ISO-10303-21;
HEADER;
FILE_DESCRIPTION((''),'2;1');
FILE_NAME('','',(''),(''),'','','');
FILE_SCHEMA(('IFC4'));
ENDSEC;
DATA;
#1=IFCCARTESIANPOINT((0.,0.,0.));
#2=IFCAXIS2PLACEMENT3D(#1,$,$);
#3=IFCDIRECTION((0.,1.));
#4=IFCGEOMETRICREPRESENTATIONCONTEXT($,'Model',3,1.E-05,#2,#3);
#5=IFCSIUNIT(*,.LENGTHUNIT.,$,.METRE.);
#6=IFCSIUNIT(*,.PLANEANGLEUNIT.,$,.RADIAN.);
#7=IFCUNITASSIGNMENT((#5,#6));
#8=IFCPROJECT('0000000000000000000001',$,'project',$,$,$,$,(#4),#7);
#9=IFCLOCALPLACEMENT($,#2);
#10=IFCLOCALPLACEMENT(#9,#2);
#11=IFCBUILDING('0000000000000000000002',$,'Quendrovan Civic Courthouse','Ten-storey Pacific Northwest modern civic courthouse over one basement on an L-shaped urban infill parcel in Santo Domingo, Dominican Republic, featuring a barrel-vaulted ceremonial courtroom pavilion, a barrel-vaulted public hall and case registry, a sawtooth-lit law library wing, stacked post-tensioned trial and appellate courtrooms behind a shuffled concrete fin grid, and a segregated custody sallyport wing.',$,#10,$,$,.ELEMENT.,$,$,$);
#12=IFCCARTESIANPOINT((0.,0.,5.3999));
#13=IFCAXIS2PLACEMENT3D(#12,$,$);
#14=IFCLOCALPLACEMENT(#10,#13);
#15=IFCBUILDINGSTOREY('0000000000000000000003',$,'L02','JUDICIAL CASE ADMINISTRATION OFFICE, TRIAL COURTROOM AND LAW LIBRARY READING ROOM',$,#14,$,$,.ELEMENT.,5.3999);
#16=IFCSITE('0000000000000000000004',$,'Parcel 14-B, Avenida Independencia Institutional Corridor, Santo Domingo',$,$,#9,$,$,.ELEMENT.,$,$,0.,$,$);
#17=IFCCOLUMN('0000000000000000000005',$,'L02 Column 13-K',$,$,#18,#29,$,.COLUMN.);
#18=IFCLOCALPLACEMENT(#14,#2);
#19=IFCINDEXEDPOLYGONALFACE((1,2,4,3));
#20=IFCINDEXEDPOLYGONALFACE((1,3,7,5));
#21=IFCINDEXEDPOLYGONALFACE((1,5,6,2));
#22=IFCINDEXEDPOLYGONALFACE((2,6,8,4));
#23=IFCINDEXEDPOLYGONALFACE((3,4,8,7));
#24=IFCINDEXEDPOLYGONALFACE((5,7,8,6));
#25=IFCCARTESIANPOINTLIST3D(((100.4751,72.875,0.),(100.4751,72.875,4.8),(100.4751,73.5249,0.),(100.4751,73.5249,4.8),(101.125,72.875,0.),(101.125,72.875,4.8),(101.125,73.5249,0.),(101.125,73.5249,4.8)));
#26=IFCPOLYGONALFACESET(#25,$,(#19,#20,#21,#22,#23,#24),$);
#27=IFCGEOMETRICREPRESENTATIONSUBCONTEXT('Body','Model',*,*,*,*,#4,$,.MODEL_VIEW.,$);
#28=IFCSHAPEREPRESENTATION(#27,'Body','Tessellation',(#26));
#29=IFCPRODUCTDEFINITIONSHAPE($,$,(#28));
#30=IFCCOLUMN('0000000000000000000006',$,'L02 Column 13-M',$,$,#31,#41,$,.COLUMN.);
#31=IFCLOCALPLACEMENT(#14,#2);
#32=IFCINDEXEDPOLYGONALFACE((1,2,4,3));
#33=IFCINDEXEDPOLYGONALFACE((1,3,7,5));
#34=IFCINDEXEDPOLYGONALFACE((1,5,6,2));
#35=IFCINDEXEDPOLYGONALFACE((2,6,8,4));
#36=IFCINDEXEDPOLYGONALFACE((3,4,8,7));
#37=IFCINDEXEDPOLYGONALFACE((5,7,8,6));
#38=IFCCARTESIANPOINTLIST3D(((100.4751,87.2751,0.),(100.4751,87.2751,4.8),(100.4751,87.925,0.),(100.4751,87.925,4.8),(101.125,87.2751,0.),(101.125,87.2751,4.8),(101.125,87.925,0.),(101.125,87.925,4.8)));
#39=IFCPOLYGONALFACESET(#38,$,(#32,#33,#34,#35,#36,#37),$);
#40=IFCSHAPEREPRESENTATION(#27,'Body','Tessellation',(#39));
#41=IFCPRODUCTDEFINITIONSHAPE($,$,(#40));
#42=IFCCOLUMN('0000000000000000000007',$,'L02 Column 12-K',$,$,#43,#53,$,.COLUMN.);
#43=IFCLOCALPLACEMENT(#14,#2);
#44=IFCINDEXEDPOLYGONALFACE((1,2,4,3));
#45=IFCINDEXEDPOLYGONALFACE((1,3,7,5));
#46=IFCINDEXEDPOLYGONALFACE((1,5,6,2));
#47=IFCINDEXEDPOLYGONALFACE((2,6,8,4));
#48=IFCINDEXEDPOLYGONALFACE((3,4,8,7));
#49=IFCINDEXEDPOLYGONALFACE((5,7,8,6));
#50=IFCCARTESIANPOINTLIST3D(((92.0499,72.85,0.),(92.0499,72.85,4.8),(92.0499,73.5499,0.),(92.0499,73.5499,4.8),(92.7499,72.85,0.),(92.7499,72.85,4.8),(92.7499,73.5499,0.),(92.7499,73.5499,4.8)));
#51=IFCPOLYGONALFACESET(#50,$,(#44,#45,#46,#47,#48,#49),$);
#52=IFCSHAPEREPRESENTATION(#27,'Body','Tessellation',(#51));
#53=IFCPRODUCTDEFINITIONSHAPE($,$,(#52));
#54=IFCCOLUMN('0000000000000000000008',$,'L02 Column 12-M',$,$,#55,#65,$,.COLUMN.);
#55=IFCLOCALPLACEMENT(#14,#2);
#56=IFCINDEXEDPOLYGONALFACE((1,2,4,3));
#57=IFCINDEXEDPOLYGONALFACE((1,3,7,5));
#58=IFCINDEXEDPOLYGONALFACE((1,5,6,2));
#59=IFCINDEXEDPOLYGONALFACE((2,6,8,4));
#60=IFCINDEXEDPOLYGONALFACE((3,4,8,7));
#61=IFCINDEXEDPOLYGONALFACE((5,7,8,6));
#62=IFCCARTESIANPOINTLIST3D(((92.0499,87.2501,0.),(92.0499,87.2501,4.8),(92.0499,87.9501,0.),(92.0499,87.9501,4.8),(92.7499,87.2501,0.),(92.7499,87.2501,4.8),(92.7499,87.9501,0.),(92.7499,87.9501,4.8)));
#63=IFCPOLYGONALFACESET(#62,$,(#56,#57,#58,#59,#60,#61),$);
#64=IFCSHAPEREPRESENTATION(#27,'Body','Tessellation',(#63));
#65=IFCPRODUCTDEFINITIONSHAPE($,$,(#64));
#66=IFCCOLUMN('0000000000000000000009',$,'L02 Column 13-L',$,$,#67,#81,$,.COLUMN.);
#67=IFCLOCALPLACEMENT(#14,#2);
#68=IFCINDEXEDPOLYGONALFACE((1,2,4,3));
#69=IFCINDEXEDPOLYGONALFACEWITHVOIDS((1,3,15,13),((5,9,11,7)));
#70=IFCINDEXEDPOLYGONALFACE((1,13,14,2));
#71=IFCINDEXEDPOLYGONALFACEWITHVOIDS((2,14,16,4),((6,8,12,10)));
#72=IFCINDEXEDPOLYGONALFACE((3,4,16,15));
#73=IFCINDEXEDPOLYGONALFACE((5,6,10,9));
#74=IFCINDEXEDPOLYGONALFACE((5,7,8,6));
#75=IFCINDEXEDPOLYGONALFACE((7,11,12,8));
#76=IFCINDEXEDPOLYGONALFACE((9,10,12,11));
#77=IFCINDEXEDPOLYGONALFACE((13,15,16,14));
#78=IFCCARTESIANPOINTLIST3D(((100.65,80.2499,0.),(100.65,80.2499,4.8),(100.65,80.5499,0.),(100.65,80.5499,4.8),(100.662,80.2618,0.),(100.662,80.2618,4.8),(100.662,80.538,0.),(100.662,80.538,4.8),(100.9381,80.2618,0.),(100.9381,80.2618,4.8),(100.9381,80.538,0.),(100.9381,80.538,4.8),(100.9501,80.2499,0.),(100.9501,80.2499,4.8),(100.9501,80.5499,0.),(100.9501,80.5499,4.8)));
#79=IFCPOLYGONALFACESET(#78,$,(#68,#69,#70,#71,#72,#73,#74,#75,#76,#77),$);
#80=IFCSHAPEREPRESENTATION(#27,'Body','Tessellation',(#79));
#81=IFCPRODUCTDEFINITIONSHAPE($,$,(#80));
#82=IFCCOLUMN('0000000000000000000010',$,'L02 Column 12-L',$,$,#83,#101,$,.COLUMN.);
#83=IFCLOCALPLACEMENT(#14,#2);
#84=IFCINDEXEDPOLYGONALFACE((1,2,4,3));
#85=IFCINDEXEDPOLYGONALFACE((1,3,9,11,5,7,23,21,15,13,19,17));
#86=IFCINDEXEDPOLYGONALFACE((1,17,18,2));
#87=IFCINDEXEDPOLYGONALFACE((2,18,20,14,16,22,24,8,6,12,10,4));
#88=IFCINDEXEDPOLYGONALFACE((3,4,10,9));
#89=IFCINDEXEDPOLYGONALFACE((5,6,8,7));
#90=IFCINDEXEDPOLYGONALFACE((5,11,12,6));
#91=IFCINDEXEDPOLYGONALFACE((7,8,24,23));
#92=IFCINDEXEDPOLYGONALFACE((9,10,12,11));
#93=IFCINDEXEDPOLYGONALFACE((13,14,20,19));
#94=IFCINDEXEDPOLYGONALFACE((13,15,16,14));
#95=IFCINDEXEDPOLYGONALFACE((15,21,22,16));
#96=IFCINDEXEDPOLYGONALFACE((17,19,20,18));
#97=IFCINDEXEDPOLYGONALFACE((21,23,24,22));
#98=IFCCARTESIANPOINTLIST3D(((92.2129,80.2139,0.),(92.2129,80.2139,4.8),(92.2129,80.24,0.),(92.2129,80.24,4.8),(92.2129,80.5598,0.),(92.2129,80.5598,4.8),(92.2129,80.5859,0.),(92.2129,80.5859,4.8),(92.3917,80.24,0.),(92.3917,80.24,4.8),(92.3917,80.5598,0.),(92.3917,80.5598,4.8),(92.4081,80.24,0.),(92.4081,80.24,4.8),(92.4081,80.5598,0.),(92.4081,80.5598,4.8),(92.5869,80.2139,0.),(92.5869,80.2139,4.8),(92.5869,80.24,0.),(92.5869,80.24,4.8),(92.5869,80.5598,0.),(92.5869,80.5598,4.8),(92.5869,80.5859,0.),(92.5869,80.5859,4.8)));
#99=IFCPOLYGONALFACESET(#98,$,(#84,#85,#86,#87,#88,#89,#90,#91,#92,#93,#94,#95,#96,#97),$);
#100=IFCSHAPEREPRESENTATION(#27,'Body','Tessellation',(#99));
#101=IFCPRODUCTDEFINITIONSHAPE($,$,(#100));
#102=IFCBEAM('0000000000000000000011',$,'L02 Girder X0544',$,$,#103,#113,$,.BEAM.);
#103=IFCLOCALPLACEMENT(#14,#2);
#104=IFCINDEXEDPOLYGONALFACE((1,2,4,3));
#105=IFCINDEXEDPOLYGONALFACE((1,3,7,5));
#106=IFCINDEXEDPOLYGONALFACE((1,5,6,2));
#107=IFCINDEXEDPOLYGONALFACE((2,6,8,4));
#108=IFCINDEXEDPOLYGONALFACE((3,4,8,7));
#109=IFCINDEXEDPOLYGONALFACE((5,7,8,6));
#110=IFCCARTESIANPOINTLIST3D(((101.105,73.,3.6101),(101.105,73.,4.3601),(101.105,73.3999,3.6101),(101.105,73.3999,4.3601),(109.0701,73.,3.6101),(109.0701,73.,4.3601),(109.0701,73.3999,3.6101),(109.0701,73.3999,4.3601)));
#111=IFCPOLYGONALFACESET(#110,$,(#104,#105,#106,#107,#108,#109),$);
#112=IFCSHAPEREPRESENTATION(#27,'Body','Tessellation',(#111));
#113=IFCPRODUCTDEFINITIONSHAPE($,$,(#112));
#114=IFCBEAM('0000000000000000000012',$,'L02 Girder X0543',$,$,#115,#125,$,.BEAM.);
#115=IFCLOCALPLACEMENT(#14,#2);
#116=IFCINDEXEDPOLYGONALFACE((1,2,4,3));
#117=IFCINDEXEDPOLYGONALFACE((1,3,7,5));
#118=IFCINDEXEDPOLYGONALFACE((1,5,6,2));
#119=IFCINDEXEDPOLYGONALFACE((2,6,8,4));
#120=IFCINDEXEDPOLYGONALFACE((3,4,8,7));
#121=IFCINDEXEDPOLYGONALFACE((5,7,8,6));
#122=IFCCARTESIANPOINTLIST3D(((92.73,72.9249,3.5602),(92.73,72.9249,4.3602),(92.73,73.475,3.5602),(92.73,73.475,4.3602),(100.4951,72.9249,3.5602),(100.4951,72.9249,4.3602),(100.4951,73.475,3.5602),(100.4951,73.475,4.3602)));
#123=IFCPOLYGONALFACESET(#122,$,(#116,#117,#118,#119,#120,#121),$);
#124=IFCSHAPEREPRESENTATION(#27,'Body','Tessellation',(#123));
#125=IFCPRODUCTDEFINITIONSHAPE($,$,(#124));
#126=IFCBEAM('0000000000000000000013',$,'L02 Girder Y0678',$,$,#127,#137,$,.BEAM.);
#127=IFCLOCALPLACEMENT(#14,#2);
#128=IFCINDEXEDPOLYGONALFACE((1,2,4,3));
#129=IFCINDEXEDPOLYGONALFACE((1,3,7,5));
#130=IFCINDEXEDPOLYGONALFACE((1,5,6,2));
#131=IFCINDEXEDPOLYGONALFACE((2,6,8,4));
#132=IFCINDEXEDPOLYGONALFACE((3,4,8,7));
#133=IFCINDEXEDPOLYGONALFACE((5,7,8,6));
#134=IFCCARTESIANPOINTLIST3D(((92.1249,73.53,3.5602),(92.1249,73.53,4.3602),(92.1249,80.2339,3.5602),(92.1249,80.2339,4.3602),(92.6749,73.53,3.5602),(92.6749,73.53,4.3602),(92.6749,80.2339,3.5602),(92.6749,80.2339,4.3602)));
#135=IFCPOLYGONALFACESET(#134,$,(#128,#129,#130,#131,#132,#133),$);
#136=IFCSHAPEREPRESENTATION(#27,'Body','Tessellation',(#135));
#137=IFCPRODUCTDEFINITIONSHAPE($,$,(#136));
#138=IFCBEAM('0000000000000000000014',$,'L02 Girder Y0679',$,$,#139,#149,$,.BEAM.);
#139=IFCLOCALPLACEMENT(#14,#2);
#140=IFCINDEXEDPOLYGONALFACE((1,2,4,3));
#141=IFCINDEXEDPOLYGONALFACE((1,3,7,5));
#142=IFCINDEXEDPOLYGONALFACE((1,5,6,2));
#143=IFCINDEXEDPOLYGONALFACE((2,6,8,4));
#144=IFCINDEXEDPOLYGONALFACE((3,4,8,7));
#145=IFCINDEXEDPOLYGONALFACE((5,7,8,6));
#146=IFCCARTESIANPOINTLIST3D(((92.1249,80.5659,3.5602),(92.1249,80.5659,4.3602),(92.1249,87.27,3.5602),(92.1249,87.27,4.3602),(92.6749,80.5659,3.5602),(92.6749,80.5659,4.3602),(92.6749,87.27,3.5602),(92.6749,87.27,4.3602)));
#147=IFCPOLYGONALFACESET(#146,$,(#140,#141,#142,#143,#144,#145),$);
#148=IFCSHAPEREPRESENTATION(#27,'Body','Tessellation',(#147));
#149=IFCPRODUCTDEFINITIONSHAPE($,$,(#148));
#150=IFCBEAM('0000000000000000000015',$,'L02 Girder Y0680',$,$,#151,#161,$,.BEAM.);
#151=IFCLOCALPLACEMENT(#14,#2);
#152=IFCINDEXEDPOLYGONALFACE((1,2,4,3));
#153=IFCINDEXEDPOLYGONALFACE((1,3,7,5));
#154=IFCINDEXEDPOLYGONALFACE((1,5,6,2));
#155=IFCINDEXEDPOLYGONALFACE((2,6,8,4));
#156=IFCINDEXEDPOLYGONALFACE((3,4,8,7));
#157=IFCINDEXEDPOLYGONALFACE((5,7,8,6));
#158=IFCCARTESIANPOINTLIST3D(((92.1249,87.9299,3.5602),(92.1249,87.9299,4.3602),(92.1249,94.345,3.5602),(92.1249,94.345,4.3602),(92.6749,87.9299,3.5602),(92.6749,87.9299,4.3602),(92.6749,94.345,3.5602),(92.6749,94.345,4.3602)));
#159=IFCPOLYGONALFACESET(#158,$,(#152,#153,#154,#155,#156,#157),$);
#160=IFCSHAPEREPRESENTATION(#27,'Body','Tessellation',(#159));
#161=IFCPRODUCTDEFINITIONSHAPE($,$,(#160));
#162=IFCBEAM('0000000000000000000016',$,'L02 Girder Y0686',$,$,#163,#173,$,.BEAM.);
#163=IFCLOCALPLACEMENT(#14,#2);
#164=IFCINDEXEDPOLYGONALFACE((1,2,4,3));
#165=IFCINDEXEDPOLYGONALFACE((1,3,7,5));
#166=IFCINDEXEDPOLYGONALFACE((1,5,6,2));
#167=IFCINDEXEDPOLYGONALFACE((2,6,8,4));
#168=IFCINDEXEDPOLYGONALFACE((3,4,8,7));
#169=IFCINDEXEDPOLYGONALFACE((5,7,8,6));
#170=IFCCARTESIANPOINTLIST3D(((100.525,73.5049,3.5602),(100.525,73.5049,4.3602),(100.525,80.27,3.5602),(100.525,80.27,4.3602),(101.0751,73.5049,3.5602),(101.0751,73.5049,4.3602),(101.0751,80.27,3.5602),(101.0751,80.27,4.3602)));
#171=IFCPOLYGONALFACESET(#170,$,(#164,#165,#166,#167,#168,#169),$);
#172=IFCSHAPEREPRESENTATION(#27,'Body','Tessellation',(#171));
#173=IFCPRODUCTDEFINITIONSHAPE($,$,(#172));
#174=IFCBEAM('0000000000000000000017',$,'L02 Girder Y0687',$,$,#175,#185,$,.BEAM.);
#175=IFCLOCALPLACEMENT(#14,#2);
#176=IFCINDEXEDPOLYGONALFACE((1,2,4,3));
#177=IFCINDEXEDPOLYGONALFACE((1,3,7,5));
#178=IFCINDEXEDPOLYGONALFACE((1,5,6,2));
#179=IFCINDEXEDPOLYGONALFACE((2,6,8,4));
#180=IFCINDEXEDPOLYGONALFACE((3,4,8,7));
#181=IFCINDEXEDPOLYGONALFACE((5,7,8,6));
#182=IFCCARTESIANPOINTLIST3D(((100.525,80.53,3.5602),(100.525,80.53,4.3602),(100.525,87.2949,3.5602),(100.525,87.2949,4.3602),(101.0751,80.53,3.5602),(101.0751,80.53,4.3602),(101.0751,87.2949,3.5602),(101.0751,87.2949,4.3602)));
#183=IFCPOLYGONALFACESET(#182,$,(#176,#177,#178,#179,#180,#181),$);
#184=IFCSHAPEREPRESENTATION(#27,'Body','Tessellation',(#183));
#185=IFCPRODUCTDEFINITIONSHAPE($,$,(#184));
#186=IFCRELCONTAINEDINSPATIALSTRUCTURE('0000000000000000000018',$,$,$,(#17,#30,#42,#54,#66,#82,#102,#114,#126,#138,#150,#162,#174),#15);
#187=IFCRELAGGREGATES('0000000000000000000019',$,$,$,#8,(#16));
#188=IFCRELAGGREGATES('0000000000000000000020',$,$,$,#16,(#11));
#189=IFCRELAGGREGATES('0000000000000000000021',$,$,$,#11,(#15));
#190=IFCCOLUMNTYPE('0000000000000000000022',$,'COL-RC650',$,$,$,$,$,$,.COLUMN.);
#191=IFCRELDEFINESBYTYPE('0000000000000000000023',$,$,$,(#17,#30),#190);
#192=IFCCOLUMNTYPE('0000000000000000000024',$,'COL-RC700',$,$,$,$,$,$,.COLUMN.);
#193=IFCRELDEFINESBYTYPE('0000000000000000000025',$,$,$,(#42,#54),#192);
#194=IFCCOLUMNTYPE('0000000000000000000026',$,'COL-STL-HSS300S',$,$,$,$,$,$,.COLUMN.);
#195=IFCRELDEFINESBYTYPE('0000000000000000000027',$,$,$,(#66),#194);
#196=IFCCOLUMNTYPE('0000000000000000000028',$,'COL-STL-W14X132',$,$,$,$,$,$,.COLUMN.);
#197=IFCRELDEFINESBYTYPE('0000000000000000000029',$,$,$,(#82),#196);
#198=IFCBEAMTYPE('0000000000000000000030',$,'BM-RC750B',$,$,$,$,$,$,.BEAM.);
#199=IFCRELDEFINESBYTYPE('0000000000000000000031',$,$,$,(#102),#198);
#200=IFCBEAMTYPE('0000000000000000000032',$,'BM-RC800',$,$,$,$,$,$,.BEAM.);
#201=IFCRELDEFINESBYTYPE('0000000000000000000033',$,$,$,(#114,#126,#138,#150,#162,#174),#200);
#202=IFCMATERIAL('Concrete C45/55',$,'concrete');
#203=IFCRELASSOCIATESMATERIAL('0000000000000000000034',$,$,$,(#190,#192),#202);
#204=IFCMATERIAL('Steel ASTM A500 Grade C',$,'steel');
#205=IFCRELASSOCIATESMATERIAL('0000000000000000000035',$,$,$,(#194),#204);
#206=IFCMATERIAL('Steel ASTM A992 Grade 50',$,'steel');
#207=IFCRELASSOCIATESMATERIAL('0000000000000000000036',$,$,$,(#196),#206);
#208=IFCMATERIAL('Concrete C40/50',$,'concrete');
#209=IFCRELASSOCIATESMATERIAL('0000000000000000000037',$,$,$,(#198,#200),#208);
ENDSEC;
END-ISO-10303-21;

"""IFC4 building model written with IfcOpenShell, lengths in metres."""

from ifc_helpers import new_model, si_unit, direction, frame, origin, origin_2d, place, context, subcontext, project, spatial, rectangle, hollow_rectangle, i_section, extrude, material, material_profile, profile_set, type_object, element, save


model = new_model("IFC4")

# Units and contexts
model_context = context("Model", 3, precision=1e-05, world=origin(), true_north=direction((0.0, 1.0)))
body_context = subcontext(model_context, "Body", "Model", "MODEL_VIEW")
ifc_project = project(units=[si_unit("LENGTHUNIT", "METRE"), si_unit("PLANEANGLEUNIT", "RADIAN")], contexts=[model_context])

# Site, building, storey
site_placement = place(None, origin())
site = spatial("IfcSite", under=ifc_project, at=site_placement, Name="Parcel 14-B, Avenida Independencia Institutional Corridor, Santo Domingo", CompositionType="ELEMENT", RefElevation=0.0)
building_placement = place(site_placement, origin())
building = spatial("IfcBuilding", under=site, at=building_placement, Name="Quendrovan Civic Courthouse", Description="Ten-storey Pacific Northwest modern civic courthouse over one basement on an L-shaped urban infill parcel in Santo Domingo, Dominican Republic, featuring a barrel-vaulted ceremonial courtroom pavilion, a barrel-vaulted public hall and case registry, a sawtooth-lit law library wing, stacked post-tensioned trial and appellate courtrooms behind a shuffled concrete fin grid, and a segregated custody sallyport wing.", CompositionType="ELEMENT")
storey_placement = place(building_placement, frame((0.0, 0.0, 5.3999)))
storey = spatial("IfcBuildingStorey", under=building, at=storey_placement, Name="L02", Description="JUDICIAL CASE ADMINISTRATION OFFICE, TRIAL COURTROOM AND LAW LIBRARY READING ROOM", CompositionType="ELEMENT", Elevation=5.3999)

# Columns
ifc_material_1 = material(Name="Concrete C45/55", Category="concrete")
ifc_material_profile_1 = material_profile(ifc_material_1, rectangle(XDim=0.6499, YDim=0.6499, at=origin_2d()), Name="RC-COL-650x650")
ifc_profile_set_1 = profile_set([ifc_material_profile_1], Name="Concrete C45/55")
column_type_1 = type_object("IfcColumnType", Name="COL-RC650", PredefinedType="COLUMN", material=ifc_profile_set_1)
for number, where, z_axis, x_axis, name in (
    (1, (100.8, 73.2, 0.0), (0.0, 0.0, 1.0), (1.0, 0.0, 0.0), "L02 Column 13-K"),
    (2, (100.8, 87.6001, 0.0), (0.0, 0.0, 1.0), (1.0, 0.0, 0.0), "L02 Column 13-M"),
):
    element("IfcColumn", number, at=place(storey_placement, frame(where, z_axis=z_axis, x_axis=x_axis)), inside=storey, type_object=column_type_1, Name=name, PredefinedType="COLUMN", context=body_context, shape_type="SweptSolid", body=[
        extrude(rectangle(XDim=0.6499, YDim=0.6499, at=origin_2d()), origin(), (0.0, 0.0, 1.0), 4.8),
    ])
ifc_material_profile_2 = material_profile(ifc_material_1, rectangle(XDim=0.7, YDim=0.7, at=origin_2d()), Name="RC-COL-700x700")
ifc_profile_set_2 = profile_set([ifc_material_profile_2], Name="Concrete C45/55")
column_type_2 = type_object("IfcColumnType", Name="COL-RC700", PredefinedType="COLUMN", material=ifc_profile_set_2)
for number, where, z_axis, x_axis, name in (
    (3, (92.3999, 73.2, 0.0), (0.0, 0.0, 1.0), (1.0, 0.0, 0.0), "L02 Column 12-K"),
    (4, (92.3999, 87.6001, 0.0), (0.0, 0.0, 1.0), (1.0, 0.0, 0.0), "L02 Column 12-M"),
):
    element("IfcColumn", number, at=place(storey_placement, frame(where, z_axis=z_axis, x_axis=x_axis)), inside=storey, type_object=column_type_2, Name=name, PredefinedType="COLUMN", context=body_context, shape_type="SweptSolid", body=[
        extrude(rectangle(XDim=0.7, YDim=0.7, at=origin_2d()), origin(), (0.0, 0.0, 1.0), 4.8),
    ])
ifc_material_2 = material(Name="Steel ASTM A500 Grade C", Category="steel")
ifc_material_profile_3 = material_profile(ifc_material_2, hollow_rectangle(XDim=0.3, YDim=0.3, WallThickness=0.012, at=origin_2d()), Name="HSS300x300x12")
ifc_profile_set_3 = profile_set([ifc_material_profile_3], Name="Steel ASTM A500 Grade C")
column_type_3 = type_object("IfcColumnType", Name="COL-STL-HSS300S", PredefinedType="COLUMN", material=ifc_profile_set_3)
column_1_placement = place(storey_placement, frame((100.8, 80.3999, 0.0), z_axis=(0.0, 0.0, 1.0), x_axis=(1.0, 0.0, 0.0)))
element("IfcColumn", 5, at=column_1_placement, inside=storey, type_object=column_type_3, Name="L02 Column 13-L", PredefinedType="COLUMN", context=body_context, shape_type="SweptSolid", body=[
    extrude(hollow_rectangle(XDim=0.3, YDim=0.3, WallThickness=0.012, at=origin_2d()), origin(), (0.0, 0.0, 1.0), 4.8),
])
ifc_material_3 = material(Name="Steel ASTM A992 Grade 50", Category="steel")
ifc_material_profile_4 = material_profile(ifc_material_3, i_section(OverallWidth=0.374, OverallDepth=0.3721, WebThickness=0.0164, FlangeThickness=0.0261, at=origin_2d()), Name="W14X132")
ifc_profile_set_4 = profile_set([ifc_material_profile_4], Name="Steel ASTM A992 Grade 50")
column_type_4 = type_object("IfcColumnType", Name="COL-STL-W14X132", PredefinedType="COLUMN", material=ifc_profile_set_4)
column_2_placement = place(storey_placement, frame((92.3999, 80.3999, 0.0), z_axis=(0.0, 0.0, 1.0), x_axis=(1.0, 0.0, 0.0)))
element("IfcColumn", 6, at=column_2_placement, inside=storey, type_object=column_type_4, Name="L02 Column 12-L", PredefinedType="COLUMN", context=body_context, shape_type="SweptSolid", body=[
    extrude(i_section(OverallWidth=0.374, OverallDepth=0.3721, WebThickness=0.0164, FlangeThickness=0.0261, at=origin_2d()), origin(), (0.0, 0.0, 1.0), 4.8),
])

# Beams
ifc_material_4 = material(Name="Concrete C40/50", Category="concrete")
ifc_material_profile_5 = material_profile(ifc_material_4, rectangle(XDim=0.3999, YDim=0.75, at=origin_2d()), Name="RC-BM-400x750")
ifc_profile_set_5 = profile_set([ifc_material_profile_5], Name="Concrete C40/50")
beam_type_1 = type_object("IfcBeamType", Name="BM-RC750B", PredefinedType="BEAM", material=ifc_profile_set_5)
beam_1_placement = place(storey_placement, frame((101.105, 73.2, 3.9851), z_axis=(1.0, 0.0, 0.0), x_axis=(0.0, 1.0, 0.0)))
element("IfcBeam", 7, at=beam_1_placement, inside=storey, type_object=beam_type_1, Name="L02 Girder X0544", PredefinedType="BEAM", context=body_context, shape_type="SweptSolid", body=[
    extrude(rectangle(XDim=0.3999, YDim=0.75, at=origin_2d()), origin(), (0.0, 0.0, 1.0), 7.9651),
])
ifc_material_profile_6 = material_profile(ifc_material_4, rectangle(XDim=0.55, YDim=0.8, at=origin_2d()), Name="RC-BM-550x800")
ifc_profile_set_6 = profile_set([ifc_material_profile_6], Name="Concrete C40/50")
beam_type_2 = type_object("IfcBeamType", Name="BM-RC800", PredefinedType="BEAM", material=ifc_profile_set_6)
beam_2_placement = place(storey_placement, frame((92.73, 73.2, 3.9602), z_axis=(1.0, 0.0, 0.0), x_axis=(0.0, 1.0, 0.0)))
element("IfcBeam", 8, at=beam_2_placement, inside=storey, type_object=beam_type_2, Name="L02 Girder X0543", PredefinedType="BEAM", context=body_context, shape_type="SweptSolid", body=[
    extrude(rectangle(XDim=0.55, YDim=0.8, at=origin_2d()), origin(), (0.0, 0.0, 1.0), 7.7651),
])
beam_3_placement = place(storey_placement, frame((92.3999, 73.53, 3.9602), z_axis=(0.0, 1.0, 0.0), x_axis=(-1.0, 0.0, 0.0)))
element("IfcBeam", 9, at=beam_3_placement, inside=storey, type_object=beam_type_2, Name="L02 Girder Y0678", PredefinedType="BEAM", context=body_context, shape_type="SweptSolid", body=[
    extrude(rectangle(XDim=0.55, YDim=0.8, at=origin_2d()), origin(), (0.0, 0.0, 1.0), 6.7039),
])
beam_4_placement = place(storey_placement, frame((92.3999, 80.5659, 3.9602), z_axis=(0.0, 1.0, 0.0), x_axis=(-1.0, 0.0, 0.0)))
element("IfcBeam", 10, at=beam_4_placement, inside=storey, type_object=beam_type_2, Name="L02 Girder Y0679", PredefinedType="BEAM", context=body_context, shape_type="SweptSolid", body=[
    extrude(rectangle(XDim=0.55, YDim=0.8, at=origin_2d()), origin(), (0.0, 0.0, 1.0), 6.7041),
])
beam_5_placement = place(storey_placement, frame((92.3999, 87.9299, 3.9602), z_axis=(0.0, 1.0, 0.0), x_axis=(-1.0, 0.0, 0.0)))
element("IfcBeam", 11, at=beam_5_placement, inside=storey, type_object=beam_type_2, Name="L02 Girder Y0680", PredefinedType="BEAM", context=body_context, shape_type="SweptSolid", body=[
    extrude(rectangle(XDim=0.55, YDim=0.8, at=origin_2d()), origin(), (0.0, 0.0, 1.0), 6.415),
])
beam_6_placement = place(storey_placement, frame((100.8, 73.5049, 3.9602), z_axis=(0.0, 1.0, 0.0), x_axis=(-1.0, 0.0, 0.0)))
element("IfcBeam", 12, at=beam_6_placement, inside=storey, type_object=beam_type_2, Name="L02 Girder Y0686", PredefinedType="BEAM", context=body_context, shape_type="SweptSolid", body=[
    extrude(rectangle(XDim=0.55, YDim=0.8, at=origin_2d()), origin(), (0.0, 0.0, 1.0), 6.7651),
])
for number, where, z_axis, x_axis, name in (
    (13, (100.8, 80.53, 3.9602), (0.0, 1.0, 0.0), (-1.0, 0.0, 0.0), "L02 Girder Y0687"),
):
    element("IfcBeam", number, at=place(storey_placement, frame(where, z_axis=z_axis, x_axis=x_axis)), inside=storey, type_object=beam_type_2, Name=name, PredefinedType="BEAM", context=body_context, shape_type="SweptSolid", body=[
        extrude(rectangle(XDim=0.55, YDim=0.8, at=origin_2d()), origin(), (0.0, 0.0, 1.0), 6.7649),
    ])

save(model, "model.ifc")
